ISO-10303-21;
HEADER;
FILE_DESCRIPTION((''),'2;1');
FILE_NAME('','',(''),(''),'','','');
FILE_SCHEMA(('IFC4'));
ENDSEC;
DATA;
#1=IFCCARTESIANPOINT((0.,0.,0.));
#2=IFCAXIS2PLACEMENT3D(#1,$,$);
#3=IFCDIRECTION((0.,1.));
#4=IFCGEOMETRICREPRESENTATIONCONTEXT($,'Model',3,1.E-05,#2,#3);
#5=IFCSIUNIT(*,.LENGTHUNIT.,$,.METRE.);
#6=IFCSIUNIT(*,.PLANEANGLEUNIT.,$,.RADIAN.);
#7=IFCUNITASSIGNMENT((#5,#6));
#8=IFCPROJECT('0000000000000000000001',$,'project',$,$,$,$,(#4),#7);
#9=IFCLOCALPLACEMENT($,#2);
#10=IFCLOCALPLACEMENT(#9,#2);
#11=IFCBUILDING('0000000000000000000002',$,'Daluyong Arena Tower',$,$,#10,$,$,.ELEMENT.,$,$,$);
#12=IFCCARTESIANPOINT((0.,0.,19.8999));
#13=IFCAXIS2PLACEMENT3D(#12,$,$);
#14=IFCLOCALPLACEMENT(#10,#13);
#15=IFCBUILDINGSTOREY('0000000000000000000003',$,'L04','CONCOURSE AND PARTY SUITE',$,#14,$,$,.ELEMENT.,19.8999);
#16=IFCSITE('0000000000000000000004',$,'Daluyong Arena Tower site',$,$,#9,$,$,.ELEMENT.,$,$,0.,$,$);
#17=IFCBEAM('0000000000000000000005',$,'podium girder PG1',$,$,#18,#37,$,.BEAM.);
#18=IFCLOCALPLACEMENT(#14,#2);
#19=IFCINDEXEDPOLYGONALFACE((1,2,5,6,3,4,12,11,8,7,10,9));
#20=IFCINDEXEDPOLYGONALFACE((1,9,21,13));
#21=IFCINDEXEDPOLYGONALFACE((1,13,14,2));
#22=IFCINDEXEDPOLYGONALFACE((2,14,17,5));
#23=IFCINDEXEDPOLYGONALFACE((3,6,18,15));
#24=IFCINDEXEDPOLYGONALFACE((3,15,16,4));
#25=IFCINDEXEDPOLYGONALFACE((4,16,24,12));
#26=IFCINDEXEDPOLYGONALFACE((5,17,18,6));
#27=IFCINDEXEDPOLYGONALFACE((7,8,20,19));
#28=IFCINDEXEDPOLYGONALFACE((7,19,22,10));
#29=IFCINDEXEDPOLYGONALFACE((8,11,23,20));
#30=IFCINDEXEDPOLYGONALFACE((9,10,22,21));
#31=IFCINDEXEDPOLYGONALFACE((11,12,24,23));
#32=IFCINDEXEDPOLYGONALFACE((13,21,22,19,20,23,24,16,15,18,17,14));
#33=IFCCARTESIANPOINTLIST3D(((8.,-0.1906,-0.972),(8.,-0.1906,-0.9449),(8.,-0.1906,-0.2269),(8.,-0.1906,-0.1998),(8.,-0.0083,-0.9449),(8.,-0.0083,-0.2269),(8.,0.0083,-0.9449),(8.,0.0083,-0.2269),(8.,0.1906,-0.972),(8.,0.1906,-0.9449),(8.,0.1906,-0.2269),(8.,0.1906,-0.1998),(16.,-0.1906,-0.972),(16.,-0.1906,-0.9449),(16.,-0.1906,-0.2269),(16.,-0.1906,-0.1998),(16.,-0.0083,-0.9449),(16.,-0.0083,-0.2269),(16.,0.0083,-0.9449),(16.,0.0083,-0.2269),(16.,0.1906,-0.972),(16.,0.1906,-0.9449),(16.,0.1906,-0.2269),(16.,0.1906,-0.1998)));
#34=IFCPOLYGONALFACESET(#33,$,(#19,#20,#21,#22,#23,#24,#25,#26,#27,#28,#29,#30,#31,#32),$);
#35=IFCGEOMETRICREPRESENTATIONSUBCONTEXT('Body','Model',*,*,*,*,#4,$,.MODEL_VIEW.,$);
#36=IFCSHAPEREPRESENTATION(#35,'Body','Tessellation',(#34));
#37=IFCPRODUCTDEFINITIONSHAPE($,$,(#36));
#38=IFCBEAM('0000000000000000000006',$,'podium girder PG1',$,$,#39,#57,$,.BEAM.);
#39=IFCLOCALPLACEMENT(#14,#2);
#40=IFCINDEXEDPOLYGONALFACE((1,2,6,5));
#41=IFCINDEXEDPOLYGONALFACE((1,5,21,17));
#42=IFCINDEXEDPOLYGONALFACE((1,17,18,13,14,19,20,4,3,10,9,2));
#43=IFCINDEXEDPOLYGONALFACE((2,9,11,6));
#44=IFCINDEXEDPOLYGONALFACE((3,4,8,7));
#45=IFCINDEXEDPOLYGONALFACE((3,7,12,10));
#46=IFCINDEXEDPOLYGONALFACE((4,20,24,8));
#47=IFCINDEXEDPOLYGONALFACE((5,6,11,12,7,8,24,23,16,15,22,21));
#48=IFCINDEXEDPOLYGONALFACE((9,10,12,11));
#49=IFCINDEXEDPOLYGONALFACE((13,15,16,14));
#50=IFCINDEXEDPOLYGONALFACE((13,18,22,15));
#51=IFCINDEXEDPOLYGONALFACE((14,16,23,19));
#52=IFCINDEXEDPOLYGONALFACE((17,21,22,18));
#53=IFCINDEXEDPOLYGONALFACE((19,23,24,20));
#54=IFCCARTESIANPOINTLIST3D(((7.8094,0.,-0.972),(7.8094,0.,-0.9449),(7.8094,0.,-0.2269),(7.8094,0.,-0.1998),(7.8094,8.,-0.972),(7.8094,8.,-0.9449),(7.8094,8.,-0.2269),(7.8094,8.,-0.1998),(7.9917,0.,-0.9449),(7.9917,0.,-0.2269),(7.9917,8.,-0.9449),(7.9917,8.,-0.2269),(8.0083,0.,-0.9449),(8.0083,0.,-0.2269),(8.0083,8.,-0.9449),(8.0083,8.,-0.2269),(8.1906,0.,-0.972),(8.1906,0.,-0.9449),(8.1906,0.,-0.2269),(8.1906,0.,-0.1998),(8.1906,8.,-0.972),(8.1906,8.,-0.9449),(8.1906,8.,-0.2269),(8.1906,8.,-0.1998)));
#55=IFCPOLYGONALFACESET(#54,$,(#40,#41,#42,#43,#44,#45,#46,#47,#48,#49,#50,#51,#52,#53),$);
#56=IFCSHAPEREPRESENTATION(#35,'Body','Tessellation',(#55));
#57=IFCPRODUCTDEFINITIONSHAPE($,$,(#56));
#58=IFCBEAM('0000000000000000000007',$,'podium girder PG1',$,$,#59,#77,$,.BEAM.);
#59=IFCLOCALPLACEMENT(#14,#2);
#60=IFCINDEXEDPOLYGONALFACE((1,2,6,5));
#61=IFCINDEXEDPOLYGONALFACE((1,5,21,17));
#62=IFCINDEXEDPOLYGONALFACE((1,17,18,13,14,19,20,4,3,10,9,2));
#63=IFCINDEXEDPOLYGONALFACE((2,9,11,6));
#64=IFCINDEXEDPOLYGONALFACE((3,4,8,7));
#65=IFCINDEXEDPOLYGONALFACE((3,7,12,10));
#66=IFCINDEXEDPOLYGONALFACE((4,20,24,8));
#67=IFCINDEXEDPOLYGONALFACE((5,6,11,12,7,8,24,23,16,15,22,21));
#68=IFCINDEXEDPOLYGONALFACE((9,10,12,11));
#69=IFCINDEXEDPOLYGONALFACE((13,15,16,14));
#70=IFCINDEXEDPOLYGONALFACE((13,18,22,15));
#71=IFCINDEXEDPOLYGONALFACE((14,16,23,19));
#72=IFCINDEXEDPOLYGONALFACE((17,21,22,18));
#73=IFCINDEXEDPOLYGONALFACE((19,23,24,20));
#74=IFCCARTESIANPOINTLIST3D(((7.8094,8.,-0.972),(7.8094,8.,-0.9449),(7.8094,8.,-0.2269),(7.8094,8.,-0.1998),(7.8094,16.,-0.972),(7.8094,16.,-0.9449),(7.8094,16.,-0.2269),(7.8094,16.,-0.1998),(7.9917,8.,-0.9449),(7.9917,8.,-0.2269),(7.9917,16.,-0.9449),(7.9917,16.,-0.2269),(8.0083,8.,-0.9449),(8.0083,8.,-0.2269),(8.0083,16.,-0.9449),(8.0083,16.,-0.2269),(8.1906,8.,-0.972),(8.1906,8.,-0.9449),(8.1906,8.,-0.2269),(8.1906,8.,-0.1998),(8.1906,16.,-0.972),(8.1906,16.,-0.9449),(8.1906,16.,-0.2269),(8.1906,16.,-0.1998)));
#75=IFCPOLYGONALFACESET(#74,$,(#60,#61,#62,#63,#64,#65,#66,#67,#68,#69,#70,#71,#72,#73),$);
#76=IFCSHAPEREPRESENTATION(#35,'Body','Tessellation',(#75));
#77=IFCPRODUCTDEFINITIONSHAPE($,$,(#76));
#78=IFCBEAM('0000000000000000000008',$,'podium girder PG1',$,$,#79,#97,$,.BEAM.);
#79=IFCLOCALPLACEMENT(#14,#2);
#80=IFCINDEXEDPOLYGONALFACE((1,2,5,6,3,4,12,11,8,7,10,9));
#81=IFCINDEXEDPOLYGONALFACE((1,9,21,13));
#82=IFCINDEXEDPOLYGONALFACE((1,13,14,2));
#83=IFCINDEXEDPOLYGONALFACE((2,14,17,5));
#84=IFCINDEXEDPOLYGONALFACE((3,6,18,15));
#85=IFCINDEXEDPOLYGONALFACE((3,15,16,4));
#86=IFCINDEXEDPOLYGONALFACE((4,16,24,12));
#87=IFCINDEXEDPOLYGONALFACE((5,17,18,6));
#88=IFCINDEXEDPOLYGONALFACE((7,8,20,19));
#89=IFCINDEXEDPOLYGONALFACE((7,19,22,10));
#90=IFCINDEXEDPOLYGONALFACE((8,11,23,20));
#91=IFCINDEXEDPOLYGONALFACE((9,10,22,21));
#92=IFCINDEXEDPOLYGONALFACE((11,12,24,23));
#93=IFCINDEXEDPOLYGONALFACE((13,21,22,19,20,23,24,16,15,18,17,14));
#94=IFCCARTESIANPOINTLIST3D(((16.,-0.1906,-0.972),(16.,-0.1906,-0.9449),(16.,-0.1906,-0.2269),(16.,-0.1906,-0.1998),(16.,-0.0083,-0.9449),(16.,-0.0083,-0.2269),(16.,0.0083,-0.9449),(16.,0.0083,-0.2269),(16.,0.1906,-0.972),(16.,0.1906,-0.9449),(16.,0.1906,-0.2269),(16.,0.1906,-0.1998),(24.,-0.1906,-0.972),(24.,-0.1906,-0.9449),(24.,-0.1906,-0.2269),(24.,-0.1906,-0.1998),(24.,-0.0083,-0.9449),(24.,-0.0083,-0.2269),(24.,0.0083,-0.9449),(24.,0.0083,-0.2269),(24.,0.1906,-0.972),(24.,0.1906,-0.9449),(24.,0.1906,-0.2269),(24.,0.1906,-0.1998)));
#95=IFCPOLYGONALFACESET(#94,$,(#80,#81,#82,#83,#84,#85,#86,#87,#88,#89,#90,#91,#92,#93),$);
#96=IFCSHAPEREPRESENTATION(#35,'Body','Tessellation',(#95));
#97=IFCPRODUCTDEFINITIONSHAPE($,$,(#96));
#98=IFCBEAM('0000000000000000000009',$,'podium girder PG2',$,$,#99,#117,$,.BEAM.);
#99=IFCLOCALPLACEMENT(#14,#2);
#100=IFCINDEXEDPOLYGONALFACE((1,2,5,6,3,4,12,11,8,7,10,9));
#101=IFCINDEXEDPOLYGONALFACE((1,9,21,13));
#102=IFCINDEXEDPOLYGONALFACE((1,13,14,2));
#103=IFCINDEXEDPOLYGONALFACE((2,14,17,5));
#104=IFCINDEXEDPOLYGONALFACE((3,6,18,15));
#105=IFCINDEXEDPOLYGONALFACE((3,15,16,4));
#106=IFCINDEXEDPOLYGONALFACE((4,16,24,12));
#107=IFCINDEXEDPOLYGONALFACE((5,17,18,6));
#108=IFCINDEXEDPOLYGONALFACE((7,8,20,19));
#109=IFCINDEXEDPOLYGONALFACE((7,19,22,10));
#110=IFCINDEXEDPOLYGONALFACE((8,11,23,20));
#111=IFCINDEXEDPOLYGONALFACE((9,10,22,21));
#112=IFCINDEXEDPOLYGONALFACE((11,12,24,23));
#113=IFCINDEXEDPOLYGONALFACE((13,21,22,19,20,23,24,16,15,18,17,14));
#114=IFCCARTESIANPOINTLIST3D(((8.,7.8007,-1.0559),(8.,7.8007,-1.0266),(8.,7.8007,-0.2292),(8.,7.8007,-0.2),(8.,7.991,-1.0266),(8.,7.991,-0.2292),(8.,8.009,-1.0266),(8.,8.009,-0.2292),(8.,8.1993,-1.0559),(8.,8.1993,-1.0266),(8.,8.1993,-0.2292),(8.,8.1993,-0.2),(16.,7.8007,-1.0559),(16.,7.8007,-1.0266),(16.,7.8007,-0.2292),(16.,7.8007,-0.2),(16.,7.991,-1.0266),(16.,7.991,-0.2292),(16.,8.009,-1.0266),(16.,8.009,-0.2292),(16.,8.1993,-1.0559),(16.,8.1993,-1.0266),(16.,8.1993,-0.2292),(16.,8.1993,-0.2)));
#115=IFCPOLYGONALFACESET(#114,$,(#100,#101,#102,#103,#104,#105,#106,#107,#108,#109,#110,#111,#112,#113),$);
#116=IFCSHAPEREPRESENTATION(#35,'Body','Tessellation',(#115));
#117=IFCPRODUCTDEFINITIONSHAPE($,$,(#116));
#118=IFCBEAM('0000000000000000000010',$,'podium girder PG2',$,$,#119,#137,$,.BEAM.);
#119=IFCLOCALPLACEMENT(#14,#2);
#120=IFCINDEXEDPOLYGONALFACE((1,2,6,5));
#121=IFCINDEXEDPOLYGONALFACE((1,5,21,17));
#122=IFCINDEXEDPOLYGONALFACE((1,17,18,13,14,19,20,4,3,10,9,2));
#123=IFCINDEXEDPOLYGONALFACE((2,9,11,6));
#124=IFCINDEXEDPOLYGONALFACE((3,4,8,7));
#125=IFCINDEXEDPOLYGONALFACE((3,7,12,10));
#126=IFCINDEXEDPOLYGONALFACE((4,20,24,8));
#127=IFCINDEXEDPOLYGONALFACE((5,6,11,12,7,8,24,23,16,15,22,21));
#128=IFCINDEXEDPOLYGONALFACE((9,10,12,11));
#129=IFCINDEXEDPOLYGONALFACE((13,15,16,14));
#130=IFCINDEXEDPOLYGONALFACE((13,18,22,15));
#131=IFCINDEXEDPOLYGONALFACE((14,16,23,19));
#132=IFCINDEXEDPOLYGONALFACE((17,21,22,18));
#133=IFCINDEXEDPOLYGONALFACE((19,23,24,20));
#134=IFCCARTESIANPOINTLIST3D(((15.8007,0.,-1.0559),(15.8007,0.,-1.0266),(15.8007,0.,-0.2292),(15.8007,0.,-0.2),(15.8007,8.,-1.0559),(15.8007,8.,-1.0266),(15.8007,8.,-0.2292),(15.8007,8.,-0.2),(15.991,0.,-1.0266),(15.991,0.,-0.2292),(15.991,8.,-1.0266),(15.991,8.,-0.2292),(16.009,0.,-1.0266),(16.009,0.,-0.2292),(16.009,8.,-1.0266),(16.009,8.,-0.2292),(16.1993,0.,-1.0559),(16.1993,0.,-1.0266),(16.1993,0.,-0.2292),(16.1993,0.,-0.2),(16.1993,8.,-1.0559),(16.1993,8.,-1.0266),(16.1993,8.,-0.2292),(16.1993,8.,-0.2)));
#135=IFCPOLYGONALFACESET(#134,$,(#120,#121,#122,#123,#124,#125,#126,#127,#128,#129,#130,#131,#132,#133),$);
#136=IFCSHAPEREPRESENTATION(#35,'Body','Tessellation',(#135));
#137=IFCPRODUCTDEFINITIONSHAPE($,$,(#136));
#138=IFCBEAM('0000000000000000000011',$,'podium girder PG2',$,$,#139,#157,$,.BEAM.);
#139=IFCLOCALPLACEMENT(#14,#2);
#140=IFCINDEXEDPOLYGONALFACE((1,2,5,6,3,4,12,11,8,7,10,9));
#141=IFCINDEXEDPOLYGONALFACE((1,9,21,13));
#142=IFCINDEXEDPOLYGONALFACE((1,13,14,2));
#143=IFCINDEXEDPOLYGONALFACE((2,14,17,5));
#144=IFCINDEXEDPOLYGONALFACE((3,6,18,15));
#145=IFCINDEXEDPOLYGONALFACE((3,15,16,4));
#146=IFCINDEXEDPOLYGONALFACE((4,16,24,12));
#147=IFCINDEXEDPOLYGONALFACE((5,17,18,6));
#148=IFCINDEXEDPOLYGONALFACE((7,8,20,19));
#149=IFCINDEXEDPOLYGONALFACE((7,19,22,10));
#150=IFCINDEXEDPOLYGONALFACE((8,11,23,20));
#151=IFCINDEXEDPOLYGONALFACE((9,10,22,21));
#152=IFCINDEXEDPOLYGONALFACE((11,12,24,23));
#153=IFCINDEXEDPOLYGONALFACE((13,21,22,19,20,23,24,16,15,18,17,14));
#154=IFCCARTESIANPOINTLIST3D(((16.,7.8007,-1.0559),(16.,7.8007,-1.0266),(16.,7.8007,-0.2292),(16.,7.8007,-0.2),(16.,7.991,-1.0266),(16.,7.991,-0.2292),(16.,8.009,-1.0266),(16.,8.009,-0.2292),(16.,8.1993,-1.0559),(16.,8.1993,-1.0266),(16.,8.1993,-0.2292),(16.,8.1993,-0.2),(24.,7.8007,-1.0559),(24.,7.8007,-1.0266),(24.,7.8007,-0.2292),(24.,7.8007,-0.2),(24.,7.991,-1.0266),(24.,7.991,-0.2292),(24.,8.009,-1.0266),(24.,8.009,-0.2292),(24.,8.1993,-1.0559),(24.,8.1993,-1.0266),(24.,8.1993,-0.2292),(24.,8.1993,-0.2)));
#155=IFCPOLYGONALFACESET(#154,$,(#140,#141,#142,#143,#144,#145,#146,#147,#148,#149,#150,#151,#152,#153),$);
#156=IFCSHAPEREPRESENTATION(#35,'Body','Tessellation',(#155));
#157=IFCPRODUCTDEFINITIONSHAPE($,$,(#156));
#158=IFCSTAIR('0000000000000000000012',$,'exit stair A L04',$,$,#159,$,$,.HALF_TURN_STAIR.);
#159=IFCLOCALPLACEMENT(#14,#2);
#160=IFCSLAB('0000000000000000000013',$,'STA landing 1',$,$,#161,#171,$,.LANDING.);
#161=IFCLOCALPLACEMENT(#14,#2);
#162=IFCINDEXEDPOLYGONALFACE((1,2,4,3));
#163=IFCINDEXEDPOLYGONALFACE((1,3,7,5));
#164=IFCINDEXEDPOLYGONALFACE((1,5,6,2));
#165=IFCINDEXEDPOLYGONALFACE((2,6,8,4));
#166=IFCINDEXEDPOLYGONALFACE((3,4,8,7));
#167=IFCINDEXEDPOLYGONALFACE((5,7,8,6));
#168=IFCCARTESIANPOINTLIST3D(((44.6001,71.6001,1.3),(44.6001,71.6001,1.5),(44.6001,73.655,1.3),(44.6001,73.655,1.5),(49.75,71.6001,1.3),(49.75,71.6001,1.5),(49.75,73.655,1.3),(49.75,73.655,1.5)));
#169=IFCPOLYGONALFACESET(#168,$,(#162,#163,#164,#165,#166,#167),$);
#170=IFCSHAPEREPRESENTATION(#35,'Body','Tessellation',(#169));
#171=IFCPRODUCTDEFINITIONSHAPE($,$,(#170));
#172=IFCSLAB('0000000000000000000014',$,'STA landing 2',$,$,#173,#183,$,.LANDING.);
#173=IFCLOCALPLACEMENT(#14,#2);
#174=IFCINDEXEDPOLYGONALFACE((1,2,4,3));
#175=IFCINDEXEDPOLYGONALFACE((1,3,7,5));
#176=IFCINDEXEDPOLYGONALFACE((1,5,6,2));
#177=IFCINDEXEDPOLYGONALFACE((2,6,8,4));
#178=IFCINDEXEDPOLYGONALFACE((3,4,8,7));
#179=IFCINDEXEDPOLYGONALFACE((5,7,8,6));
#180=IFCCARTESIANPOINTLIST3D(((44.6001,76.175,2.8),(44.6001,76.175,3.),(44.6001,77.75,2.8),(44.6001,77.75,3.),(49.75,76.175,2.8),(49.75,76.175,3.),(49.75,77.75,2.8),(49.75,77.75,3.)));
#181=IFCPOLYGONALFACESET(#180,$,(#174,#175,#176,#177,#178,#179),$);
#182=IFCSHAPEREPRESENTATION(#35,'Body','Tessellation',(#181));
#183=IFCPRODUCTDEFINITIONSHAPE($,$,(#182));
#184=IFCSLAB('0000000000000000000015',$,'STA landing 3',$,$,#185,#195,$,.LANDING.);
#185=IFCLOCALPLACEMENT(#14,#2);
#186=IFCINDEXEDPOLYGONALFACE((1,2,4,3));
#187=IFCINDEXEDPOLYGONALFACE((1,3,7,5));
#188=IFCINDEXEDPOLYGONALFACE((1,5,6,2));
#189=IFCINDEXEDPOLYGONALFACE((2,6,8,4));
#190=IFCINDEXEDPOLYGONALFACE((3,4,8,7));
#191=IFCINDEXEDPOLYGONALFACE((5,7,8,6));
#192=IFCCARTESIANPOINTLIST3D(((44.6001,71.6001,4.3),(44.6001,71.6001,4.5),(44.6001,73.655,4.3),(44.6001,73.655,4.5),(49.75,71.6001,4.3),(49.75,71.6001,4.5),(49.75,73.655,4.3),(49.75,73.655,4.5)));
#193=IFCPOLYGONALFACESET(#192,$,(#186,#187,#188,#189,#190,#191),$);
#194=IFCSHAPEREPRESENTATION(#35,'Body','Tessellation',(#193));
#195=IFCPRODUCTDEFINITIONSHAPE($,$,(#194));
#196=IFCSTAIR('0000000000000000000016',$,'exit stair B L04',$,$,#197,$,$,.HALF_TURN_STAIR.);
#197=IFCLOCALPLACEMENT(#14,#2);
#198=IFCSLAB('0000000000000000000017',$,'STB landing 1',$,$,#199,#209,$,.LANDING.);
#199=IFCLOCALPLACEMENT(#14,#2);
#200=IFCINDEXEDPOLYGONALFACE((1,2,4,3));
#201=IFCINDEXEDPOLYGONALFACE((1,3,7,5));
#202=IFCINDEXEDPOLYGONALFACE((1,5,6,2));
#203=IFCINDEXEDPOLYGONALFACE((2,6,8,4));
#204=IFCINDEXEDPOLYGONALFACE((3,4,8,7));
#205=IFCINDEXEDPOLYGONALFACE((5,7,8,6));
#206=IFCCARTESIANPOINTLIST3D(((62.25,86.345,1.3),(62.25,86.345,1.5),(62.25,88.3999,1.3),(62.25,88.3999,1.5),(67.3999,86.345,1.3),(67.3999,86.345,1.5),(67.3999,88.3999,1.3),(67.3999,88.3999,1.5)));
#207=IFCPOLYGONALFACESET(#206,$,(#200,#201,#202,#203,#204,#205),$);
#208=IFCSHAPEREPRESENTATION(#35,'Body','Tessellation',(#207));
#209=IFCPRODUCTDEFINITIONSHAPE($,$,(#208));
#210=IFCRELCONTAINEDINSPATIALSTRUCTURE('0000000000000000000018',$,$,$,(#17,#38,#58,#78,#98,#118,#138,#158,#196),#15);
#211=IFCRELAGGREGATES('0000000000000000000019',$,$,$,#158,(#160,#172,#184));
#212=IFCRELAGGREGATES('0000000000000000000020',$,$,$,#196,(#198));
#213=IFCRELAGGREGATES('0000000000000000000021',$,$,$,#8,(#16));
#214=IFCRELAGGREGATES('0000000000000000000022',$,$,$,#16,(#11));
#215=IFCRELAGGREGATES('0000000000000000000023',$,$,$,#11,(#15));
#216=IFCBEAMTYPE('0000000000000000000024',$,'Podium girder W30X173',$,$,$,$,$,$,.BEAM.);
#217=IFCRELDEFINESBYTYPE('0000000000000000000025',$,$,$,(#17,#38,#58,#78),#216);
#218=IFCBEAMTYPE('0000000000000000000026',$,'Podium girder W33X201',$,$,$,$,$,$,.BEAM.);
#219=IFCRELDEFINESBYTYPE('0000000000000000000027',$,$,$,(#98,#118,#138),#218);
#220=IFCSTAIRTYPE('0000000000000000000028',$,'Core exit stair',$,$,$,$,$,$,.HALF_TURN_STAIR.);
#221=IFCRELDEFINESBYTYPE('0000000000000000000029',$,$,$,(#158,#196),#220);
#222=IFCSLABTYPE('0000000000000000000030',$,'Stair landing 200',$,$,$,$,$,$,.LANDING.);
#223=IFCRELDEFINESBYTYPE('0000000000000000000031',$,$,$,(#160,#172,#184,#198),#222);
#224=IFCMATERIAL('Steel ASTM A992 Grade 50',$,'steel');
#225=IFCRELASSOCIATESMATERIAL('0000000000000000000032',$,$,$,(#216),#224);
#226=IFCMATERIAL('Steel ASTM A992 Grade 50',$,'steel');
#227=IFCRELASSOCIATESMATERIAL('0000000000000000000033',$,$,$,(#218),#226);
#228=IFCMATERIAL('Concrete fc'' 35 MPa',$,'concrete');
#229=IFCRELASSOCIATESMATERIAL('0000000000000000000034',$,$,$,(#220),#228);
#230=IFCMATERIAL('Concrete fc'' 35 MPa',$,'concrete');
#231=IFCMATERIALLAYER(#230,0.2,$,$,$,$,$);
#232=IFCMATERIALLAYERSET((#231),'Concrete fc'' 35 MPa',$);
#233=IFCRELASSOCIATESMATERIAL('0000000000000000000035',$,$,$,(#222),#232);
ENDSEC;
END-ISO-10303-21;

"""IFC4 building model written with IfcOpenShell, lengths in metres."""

from ifc_helpers import new_model, si_unit, direction, frame, origin, origin_2d, place, context, subcontext, project, spatial, polyline, i_section, outline, extrude, material, layer, layer_set, material_profile, profile_set, type_object, element, aggregate, save


model = new_model("IFC4")

# Units and contexts
model_context = context("Model", 3, precision=1e-05, world=origin(), true_north=direction((0.0, 1.0)))
body_context = subcontext(model_context, "Body", "Model", "MODEL_VIEW")
ifc_project = project(units=[si_unit("LENGTHUNIT", "METRE"), si_unit("PLANEANGLEUNIT", "RADIAN")], contexts=[model_context])

# Site, building, storey
site_placement = place(None, origin())
site = spatial("IfcSite", under=ifc_project, at=site_placement, Name="Daluyong Arena Tower site", CompositionType="ELEMENT", RefElevation=0.0)
building_placement = place(site_placement, origin())
building = spatial("IfcBuilding", under=site, at=building_placement, Name="Daluyong Arena Tower", CompositionType="ELEMENT")
storey_placement = place(building_placement, frame((0.0, 0.0, 19.8999)))
storey = spatial("IfcBuildingStorey", under=building, at=storey_placement, Name="L04", Description="CONCOURSE AND PARTY SUITE", CompositionType="ELEMENT", Elevation=19.8999)

# Beams
ifc_material_1 = material(Name="Steel ASTM A992 Grade 50", Category="steel")
ifc_material_profile_1 = material_profile(ifc_material_1, i_section(OverallWidth=0.3811, OverallDepth=0.7722, WebThickness=0.0166, FlangeThickness=0.0271, at=origin_2d()))
ifc_profile_set_1 = profile_set([ifc_material_profile_1], Name="Steel ASTM A992 Grade 50")
beam_type_1 = type_object("IfcBeamType", Name="Podium girder W30X173", PredefinedType="BEAM", material=ifc_profile_set_1)
for number, where, z_axis, x_axis, name in (
    (1, (8.0, 0.0, -0.5859), (1.0, 0.0, 0.0), (0.0, 1.0, 0.0), "podium girder PG1"),
    (2, (8.0, 0.0, -0.5859), (0.0, 1.0, 0.0), (-1.0, 0.0, 0.0), "podium girder PG1"),
    (3, (8.0, 8.0, -0.5859), (0.0, 1.0, 0.0), (-1.0, 0.0, 0.0), "podium girder PG1"),
    (4, (16.0, 0.0, -0.5859), (1.0, 0.0, 0.0), (0.0, 1.0, 0.0), "podium girder PG1"),
):
    element("IfcBeam", number, at=place(storey_placement, frame(where, z_axis=z_axis, x_axis=x_axis)), inside=storey, type_object=beam_type_1, Name=name, PredefinedType="BEAM", context=body_context, shape_type="SweptSolid", body=[
        extrude(i_section(OverallWidth=0.3811, OverallDepth=0.7722, WebThickness=0.0166, FlangeThickness=0.0271, at=origin_2d()), origin(), (0.0, 0.0, 1.0), 8.0),
    ])
ifc_material_2 = material(Name="Steel ASTM A992 Grade 50", Category="steel")
ifc_material_profile_2 = material_profile(ifc_material_2, i_section(OverallWidth=0.3987, OverallDepth=0.856, WebThickness=0.0181, FlangeThickness=0.0293, at=origin_2d()))
ifc_profile_set_2 = profile_set([ifc_material_profile_2], Name="Steel ASTM A992 Grade 50")
beam_type_2 = type_object("IfcBeamType", Name="Podium girder W33X201", PredefinedType="BEAM", material=ifc_profile_set_2)
for number, where, z_axis, x_axis, name in (
    (5, (8.0, 8.0, -0.6279), (1.0, 0.0, 0.0), (0.0, 1.0, 0.0), "podium girder PG2"),
    (6, (16.0, 0.0, -0.6279), (0.0, 1.0, 0.0), (-1.0, 0.0, 0.0), "podium girder PG2"),
    (7, (16.0, 8.0, -0.6279), (1.0, 0.0, 0.0), (0.0, 1.0, 0.0), "podium girder PG2"),
):
    element("IfcBeam", number, at=place(storey_placement, frame(where, z_axis=z_axis, x_axis=x_axis)), inside=storey, type_object=beam_type_2, Name=name, PredefinedType="BEAM", context=body_context, shape_type="SweptSolid", body=[
        extrude(i_section(OverallWidth=0.3987, OverallDepth=0.856, WebThickness=0.0181, FlangeThickness=0.0293, at=origin_2d()), origin(), (0.0, 0.0, 1.0), 8.0),
    ])

# Stairs, slabs
ifc_material_3 = material(Name="Concrete fc' 35 MPa", Category="concrete")
stair_type = type_object("IfcStairType", Name="Core exit stair", PredefinedType="HALF_TURN_STAIR", material=ifc_material_3)
stair_1_placement = place(storey_placement, origin())
stair_1 = element("IfcStair", 8, at=stair_1_placement, inside=storey, type_object=stair_type, Name="exit stair A L04", PredefinedType="HALF_TURN_STAIR")
ifc_material_4 = material(Name="Concrete fc' 35 MPa", Category="concrete")
ifc_layer_1 = layer(ifc_material_4, 0.2)
ifc_layer_set_1 = layer_set([ifc_layer_1], Name="Concrete fc' 35 MPa")
slab_type = type_object("IfcSlabType", Name="Stair landing 200", PredefinedType="LANDING", material=ifc_layer_set_1)
slab_1_placement = place(storey_placement, frame((0.0, 0.0, 1.3)))
slab_1 = element("IfcSlab", 9, at=slab_1_placement, type_object=slab_type, Name="STA landing 1", PredefinedType="LANDING", context=body_context, shape_type="SweptSolid", body=[
    extrude(outline(polyline([(44.6001, 71.6001), (49.75, 71.6001), (49.75, 73.655), (44.6001, 73.655), (44.6001, 71.6001)])), origin(), (0.0, 0.0, 1.0), 0.2),
])
slab_2_placement = place(storey_placement, frame((0.0, 0.0, 2.8)))
slab_2 = element("IfcSlab", 10, at=slab_2_placement, type_object=slab_type, Name="STA landing 2", PredefinedType="LANDING", context=body_context, shape_type="SweptSolid", body=[
    extrude(outline(polyline([(44.6001, 76.175), (49.75, 76.175), (49.75, 77.75), (44.6001, 77.75), (44.6001, 76.175)])), origin(), (0.0, 0.0, 1.0), 0.2),
])
slab_3_placement = place(storey_placement, frame((0.0, 0.0, 4.3)))
slab_3 = element("IfcSlab", 11, at=slab_3_placement, type_object=slab_type, Name="STA landing 3", PredefinedType="LANDING", context=body_context, shape_type="SweptSolid", body=[
    extrude(outline(polyline([(44.6001, 71.6001), (49.75, 71.6001), (49.75, 73.655), (44.6001, 73.655), (44.6001, 71.6001)])), origin(), (0.0, 0.0, 1.0), 0.2),
])
aggregate(stair_1, [slab_1, slab_2, slab_3])
stair_2_placement = place(storey_placement, origin())
stair_2 = element("IfcStair", 12, at=stair_2_placement, inside=storey, type_object=stair_type, Name="exit stair B L04", PredefinedType="HALF_TURN_STAIR")
slab_4_placement = place(storey_placement, frame((0.0, 0.0, 1.3)))
slab_4 = element("IfcSlab", 13, at=slab_4_placement, type_object=slab_type, Name="STB landing 1", PredefinedType="LANDING", context=body_context, shape_type="SweptSolid", body=[
    extrude(outline(polyline([(62.25, 86.345), (67.3999, 86.345), (67.3999, 88.3999), (62.25, 88.3999), (62.25, 86.345)])), origin(), (0.0, 0.0, 1.0), 0.2),
])
aggregate(stair_2, [slab_4])

save(model, "model.ifc")
